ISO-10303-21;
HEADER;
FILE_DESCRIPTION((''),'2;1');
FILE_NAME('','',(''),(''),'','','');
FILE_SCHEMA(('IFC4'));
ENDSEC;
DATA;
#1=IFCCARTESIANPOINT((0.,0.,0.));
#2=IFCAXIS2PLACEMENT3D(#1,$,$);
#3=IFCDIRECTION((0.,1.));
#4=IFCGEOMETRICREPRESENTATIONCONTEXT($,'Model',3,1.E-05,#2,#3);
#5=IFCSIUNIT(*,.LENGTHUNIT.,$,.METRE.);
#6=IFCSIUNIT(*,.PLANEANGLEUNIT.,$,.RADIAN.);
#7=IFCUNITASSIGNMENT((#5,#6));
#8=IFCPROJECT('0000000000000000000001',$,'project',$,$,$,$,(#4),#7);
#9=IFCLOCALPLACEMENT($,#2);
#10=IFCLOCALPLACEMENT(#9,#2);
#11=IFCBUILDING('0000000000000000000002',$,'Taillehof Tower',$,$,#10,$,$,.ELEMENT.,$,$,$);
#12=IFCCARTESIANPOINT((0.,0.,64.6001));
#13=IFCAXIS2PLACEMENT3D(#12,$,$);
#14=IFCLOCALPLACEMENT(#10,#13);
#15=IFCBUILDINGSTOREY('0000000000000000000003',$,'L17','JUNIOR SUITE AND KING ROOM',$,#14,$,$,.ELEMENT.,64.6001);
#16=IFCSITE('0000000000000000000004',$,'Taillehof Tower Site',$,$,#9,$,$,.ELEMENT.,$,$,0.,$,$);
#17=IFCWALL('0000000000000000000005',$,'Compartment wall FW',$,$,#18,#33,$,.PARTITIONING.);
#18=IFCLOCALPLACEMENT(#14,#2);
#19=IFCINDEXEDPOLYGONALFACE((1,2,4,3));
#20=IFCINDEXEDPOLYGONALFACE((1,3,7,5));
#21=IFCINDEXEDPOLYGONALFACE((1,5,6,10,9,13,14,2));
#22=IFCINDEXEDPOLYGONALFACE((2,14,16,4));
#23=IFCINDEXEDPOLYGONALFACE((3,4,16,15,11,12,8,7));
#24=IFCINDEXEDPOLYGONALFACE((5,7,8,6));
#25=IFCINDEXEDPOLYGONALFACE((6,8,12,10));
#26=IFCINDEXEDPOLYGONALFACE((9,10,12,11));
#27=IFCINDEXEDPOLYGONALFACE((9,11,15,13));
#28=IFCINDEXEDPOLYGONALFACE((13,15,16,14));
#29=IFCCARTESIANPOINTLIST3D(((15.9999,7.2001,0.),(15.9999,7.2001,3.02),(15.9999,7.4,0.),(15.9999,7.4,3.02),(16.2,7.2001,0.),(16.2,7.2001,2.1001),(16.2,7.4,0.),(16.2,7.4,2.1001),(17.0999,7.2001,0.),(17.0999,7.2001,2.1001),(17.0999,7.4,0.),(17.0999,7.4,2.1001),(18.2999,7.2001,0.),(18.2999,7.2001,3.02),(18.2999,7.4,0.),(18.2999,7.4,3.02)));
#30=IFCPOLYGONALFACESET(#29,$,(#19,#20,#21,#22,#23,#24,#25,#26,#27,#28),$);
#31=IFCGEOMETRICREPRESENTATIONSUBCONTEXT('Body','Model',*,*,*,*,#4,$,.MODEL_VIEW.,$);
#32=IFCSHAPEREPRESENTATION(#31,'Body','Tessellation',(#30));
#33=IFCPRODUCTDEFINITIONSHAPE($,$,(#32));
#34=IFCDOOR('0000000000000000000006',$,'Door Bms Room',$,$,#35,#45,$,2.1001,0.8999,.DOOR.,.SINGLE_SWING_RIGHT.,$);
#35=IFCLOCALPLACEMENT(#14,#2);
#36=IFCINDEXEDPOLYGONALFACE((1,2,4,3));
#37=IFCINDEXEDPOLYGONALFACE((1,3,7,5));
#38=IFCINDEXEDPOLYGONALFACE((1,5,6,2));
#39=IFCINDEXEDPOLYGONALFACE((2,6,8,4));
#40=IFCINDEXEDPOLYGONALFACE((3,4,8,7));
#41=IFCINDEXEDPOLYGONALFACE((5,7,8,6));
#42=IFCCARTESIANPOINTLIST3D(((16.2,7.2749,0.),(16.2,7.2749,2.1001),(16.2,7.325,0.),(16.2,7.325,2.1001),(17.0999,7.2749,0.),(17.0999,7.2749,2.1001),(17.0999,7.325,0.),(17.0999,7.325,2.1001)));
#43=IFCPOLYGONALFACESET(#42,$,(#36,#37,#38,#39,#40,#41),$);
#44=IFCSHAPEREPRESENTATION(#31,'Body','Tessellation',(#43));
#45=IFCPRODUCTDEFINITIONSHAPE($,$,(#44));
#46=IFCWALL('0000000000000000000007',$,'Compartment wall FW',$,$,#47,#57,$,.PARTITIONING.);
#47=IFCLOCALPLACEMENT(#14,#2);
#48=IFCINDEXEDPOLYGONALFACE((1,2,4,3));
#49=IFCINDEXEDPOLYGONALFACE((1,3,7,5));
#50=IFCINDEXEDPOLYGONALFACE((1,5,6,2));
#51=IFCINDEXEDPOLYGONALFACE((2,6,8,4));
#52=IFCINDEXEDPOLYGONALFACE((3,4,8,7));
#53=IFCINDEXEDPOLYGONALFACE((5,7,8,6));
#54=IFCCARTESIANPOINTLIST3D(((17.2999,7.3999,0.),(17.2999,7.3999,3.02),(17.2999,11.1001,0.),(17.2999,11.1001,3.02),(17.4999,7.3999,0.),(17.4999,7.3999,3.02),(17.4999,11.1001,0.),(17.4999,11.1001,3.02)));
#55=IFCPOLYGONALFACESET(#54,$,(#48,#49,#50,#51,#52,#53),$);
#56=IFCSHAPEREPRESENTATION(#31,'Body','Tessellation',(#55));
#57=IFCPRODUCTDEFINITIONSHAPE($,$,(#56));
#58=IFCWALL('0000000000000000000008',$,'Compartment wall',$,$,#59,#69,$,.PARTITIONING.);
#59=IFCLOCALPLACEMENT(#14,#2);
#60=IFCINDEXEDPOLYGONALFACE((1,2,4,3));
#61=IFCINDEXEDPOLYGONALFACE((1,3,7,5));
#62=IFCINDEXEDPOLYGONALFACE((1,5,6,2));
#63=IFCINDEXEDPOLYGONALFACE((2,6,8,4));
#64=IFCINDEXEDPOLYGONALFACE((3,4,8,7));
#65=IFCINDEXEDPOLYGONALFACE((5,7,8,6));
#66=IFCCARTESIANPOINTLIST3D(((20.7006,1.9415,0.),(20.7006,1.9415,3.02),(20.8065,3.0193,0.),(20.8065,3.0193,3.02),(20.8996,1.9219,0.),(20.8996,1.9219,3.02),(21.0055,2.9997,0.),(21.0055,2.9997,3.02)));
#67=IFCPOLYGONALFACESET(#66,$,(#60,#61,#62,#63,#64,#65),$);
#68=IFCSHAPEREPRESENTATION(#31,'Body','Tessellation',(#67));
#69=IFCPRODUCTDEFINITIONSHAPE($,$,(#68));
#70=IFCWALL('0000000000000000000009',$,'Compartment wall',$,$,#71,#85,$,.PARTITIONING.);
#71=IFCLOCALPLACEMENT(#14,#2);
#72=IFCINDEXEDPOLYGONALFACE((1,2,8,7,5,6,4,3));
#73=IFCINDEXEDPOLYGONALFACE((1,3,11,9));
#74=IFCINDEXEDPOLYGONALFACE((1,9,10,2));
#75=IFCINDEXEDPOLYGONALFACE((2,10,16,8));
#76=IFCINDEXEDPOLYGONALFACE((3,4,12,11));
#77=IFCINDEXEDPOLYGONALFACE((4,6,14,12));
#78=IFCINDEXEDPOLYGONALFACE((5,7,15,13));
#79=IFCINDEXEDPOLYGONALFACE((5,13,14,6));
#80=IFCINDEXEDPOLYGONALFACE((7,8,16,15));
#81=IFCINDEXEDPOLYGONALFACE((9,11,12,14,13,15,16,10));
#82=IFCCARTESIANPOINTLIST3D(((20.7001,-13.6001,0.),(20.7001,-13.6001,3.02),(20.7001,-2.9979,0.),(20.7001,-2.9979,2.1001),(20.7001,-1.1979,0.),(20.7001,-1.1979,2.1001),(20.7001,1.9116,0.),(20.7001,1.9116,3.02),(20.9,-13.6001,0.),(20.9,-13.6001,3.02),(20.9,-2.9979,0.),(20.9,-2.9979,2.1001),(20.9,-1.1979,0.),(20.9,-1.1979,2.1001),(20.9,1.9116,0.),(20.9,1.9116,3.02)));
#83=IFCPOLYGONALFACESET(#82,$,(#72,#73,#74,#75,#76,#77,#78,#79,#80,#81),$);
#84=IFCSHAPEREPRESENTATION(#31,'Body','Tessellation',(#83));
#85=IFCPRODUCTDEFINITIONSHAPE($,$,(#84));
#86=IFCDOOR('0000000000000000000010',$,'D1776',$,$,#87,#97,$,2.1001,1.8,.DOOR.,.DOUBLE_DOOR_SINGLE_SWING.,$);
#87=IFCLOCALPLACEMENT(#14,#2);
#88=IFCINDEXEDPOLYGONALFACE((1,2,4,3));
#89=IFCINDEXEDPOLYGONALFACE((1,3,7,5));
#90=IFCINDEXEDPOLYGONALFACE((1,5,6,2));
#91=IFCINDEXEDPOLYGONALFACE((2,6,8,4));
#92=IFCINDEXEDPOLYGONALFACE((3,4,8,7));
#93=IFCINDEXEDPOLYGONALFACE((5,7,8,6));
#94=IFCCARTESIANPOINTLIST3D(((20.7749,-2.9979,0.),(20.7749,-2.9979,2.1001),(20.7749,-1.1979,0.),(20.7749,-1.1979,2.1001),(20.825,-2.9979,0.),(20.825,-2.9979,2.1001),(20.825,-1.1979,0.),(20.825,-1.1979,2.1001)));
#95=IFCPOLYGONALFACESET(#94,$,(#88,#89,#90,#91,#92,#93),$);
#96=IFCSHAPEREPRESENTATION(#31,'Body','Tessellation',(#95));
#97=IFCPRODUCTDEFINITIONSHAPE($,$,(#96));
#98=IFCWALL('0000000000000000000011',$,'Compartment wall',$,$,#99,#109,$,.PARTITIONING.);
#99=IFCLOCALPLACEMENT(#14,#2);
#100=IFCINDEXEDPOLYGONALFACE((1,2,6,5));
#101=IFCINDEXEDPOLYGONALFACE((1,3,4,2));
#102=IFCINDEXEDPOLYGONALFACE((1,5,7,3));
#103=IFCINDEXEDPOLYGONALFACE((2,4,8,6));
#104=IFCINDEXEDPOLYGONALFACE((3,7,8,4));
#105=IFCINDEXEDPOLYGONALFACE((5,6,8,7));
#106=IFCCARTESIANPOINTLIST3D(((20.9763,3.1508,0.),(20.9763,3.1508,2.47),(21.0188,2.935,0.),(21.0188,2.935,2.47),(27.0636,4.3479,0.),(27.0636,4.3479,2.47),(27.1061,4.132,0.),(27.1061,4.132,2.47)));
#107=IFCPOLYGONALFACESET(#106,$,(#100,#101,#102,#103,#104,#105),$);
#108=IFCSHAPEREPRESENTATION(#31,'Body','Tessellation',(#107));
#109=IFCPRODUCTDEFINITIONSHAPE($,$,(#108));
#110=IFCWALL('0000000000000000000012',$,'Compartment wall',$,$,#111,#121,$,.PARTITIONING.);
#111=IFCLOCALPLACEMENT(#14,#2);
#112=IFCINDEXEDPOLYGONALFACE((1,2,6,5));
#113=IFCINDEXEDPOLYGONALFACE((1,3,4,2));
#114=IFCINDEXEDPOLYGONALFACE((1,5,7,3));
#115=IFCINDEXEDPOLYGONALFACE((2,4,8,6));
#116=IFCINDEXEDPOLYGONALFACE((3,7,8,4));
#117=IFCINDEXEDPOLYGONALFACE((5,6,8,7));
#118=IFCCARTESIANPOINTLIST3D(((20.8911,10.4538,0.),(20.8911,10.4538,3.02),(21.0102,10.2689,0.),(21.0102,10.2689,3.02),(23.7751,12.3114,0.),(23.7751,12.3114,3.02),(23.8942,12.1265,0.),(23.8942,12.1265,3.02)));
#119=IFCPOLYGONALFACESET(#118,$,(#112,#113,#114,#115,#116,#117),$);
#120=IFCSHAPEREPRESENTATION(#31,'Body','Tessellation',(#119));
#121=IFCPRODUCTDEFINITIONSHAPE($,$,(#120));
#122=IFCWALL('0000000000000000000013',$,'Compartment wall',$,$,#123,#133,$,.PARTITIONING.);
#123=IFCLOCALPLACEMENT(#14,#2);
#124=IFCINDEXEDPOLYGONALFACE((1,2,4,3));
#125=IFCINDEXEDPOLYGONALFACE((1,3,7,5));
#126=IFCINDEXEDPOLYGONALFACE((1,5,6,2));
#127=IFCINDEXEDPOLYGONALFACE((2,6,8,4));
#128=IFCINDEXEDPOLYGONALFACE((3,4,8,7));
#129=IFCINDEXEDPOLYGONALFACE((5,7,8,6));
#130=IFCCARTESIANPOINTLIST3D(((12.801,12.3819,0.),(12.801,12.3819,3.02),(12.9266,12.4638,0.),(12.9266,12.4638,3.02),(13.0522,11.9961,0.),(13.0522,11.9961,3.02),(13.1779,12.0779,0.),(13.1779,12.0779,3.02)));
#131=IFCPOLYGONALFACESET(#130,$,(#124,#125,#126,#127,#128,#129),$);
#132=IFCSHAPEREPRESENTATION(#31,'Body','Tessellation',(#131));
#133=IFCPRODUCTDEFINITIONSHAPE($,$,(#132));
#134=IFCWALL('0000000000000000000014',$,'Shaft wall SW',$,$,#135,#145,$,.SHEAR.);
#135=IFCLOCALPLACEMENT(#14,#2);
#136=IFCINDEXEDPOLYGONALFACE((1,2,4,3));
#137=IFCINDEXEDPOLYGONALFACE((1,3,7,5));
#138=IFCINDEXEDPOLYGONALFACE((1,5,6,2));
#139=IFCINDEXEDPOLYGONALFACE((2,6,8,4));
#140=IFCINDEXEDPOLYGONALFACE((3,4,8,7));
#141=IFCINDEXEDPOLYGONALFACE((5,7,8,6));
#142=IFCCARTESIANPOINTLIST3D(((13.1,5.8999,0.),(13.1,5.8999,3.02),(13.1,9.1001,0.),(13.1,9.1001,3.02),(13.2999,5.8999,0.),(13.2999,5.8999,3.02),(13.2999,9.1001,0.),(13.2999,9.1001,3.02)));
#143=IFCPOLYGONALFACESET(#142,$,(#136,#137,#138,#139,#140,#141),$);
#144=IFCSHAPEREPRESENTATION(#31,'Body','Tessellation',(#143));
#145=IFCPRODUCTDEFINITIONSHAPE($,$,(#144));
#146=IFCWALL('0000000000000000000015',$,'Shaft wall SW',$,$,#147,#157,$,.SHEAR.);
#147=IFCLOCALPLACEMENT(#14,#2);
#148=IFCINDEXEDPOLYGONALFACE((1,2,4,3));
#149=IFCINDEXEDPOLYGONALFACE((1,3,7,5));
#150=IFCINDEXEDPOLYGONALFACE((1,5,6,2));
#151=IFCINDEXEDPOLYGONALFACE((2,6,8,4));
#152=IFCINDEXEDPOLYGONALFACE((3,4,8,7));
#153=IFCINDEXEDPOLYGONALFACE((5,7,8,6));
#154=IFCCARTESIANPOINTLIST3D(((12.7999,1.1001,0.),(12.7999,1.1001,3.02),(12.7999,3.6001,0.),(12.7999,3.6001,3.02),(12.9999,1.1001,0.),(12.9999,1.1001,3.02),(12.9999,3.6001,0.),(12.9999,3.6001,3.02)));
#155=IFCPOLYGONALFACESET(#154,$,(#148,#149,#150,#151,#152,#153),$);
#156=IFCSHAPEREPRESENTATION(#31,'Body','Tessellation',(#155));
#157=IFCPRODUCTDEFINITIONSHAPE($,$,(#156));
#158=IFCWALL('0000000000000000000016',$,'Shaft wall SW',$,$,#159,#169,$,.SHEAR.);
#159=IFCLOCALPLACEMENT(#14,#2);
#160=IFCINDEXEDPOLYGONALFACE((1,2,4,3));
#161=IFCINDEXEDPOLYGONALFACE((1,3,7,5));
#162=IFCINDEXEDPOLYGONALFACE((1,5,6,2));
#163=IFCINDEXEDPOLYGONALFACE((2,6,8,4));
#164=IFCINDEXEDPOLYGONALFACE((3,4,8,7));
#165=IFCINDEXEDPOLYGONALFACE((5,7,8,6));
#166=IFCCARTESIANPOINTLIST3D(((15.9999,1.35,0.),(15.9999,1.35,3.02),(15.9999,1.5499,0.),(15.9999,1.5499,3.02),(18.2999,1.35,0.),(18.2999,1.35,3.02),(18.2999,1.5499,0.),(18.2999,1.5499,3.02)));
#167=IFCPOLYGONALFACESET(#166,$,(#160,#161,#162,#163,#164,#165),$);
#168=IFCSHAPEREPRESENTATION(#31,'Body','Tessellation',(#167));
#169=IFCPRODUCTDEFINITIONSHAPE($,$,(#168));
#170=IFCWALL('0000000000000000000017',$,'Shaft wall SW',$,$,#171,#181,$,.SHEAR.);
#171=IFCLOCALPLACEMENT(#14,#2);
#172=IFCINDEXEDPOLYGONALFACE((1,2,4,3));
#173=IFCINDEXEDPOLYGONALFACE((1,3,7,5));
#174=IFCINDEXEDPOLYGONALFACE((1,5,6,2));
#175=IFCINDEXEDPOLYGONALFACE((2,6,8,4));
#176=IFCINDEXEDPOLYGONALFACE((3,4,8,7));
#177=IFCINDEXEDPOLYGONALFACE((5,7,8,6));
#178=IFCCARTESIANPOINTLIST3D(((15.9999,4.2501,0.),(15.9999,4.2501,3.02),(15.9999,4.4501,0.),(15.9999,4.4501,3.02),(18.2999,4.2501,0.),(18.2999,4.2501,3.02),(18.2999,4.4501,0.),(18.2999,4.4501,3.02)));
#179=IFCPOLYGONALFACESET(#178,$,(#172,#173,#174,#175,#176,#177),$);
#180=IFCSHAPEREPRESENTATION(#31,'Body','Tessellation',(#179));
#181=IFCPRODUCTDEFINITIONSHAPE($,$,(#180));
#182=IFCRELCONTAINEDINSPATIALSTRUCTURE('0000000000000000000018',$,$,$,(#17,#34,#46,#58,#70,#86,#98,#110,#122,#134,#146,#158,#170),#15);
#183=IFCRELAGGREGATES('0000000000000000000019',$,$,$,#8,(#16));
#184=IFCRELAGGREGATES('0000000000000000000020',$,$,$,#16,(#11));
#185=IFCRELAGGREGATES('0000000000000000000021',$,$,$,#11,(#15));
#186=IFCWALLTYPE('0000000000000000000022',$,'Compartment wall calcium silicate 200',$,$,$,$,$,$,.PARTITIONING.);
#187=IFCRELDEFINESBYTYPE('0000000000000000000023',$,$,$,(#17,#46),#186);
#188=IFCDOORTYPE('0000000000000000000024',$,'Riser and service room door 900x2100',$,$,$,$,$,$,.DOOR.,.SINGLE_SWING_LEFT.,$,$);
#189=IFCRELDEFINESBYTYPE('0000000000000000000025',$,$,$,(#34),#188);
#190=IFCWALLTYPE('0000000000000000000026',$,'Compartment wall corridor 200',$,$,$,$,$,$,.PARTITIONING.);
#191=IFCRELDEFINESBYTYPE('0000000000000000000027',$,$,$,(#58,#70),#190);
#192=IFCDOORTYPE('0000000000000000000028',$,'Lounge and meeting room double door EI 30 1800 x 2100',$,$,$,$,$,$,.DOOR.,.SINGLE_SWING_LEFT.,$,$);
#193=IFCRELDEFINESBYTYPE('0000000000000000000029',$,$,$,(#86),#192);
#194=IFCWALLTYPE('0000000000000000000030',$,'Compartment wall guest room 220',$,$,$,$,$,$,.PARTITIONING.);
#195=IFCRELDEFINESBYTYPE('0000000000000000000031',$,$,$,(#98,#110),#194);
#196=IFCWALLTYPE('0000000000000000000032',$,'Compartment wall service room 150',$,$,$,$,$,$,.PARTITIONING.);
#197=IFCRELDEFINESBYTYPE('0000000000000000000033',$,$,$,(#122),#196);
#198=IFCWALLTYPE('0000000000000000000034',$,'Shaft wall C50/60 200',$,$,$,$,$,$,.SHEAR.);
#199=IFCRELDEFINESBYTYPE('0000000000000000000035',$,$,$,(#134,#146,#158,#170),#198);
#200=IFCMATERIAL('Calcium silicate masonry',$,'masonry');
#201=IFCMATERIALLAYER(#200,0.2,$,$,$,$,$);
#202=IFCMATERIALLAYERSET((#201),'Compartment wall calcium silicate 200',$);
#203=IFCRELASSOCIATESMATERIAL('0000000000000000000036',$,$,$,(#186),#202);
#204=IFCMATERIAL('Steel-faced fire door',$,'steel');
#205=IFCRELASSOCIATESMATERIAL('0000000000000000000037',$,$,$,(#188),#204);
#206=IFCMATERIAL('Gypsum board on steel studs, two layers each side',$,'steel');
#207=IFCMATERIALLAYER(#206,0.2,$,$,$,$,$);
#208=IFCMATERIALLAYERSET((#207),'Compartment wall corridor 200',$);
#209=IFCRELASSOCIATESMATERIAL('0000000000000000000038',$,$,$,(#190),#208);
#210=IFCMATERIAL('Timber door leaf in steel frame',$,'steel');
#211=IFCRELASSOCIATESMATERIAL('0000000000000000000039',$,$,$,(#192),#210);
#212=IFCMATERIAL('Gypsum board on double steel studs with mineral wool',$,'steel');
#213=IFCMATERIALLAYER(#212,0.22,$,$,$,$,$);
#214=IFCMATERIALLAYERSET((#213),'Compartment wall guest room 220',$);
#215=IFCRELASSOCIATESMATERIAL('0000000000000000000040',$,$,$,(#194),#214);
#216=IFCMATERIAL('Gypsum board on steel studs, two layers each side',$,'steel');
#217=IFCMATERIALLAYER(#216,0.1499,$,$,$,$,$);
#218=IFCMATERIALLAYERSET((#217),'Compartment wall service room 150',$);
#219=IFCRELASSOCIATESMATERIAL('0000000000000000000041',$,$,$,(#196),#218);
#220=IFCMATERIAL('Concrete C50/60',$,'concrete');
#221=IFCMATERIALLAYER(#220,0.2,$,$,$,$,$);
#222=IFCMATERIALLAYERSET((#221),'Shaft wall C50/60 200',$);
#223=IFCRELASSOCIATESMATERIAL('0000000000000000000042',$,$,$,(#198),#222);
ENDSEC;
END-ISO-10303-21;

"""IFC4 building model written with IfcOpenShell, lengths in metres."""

from ifc_helpers import new_model, si_unit, direction, frame, frame_2d, origin, place, context, subcontext, project, spatial, rectangle, extrude, material, layer, layer_set, type_object, element, fill, save


model = new_model("IFC4")

# Units and contexts
model_context = context("Model", 3, precision=1e-05, world=origin(), true_north=direction((0.0, 1.0)))
body_context = subcontext(model_context, "Body", "Model", "MODEL_VIEW")
ifc_project = project(units=[si_unit("LENGTHUNIT", "METRE"), si_unit("PLANEANGLEUNIT", "RADIAN")], contexts=[model_context])

# Site, building, storey
site_placement = place(None, origin())
site = spatial("IfcSite", under=ifc_project, at=site_placement, Name="Taillehof Tower Site", CompositionType="ELEMENT", RefElevation=0.0)
building_placement = place(site_placement, origin())
building = spatial("IfcBuilding", under=site, at=building_placement, Name="Taillehof Tower", CompositionType="ELEMENT")
storey_placement = place(building_placement, frame((0.0, 0.0, 64.6001)))
storey = spatial("IfcBuildingStorey", under=building, at=storey_placement, Name="L17", Description="JUNIOR SUITE AND KING ROOM", CompositionType="ELEMENT", Elevation=64.6001)

# Wall, opening, door
ifc_material_1 = material(Name="Calcium silicate masonry", Category="masonry")
ifc_layer_1 = layer(ifc_material_1, 0.2)
ifc_layer_set_1 = layer_set([ifc_layer_1], Name="Compartment wall calcium silicate 200")
wall_type_1 = type_object("IfcWallType", Name="Compartment wall calcium silicate 200", PredefinedType="PARTITIONING", material=ifc_layer_set_1)
wall_1_placement = place(storey_placement, frame((16.0, 7.3, 0.0), z_axis=(0.0, 0.0, 1.0), x_axis=(1.0, 0.0, 0.0)))
wall_1 = element("IfcWall", 1, at=wall_1_placement, inside=storey, type_object=wall_type_1, Name="Compartment wall FW", PredefinedType="PARTITIONING", context=body_context, shape_type="SweptSolid", body=[
    extrude(rectangle(XDim=2.3, YDim=0.2, at=frame_2d((1.1499, 0.0))), origin(), (0.0, 0.0, 1.0), 3.02),
])
opening_1_placement = place(wall_1_placement, frame((0.2, 0.0, 0.0)))
opening_1 = element("IfcOpeningElement", 2, at=opening_1_placement, cuts=wall_1, PredefinedType="OPENING", context=body_context, shape_type="SweptSolid", body=[
    extrude(rectangle(XDim=0.8999, YDim=2.1001, at=frame_2d((0.45, 1.05))), frame((0.0, 0.1099, 0.0), z_axis=(0.0, -1.0, 0.0), x_axis=(1.0, 0.0, 0.0)), (0.0, 0.0, 1.0), 0.22),
])
ifc_material_2 = material(Name="Steel-faced fire door", Category="steel")
door_type_1 = type_object("IfcDoorType", Name="Riser and service room door 900x2100", OperationType="SINGLE_SWING_LEFT", PredefinedType="DOOR", material=ifc_material_2)
door_1_placement = place(opening_1_placement, origin())
door_1 = element("IfcDoor", 3, at=door_1_placement, inside=storey, type_object=door_type_1, Name="Door Bms Room", OperationType="SINGLE_SWING_RIGHT", OverallHeight=2.1001, OverallWidth=0.8999, PredefinedType="DOOR", context=body_context, shape_type="SweptSolid", body=[
    extrude(rectangle(XDim=0.8999, YDim=2.1001, at=frame_2d((0.45, 1.05))), frame((0.0, 0.0249, 0.0), z_axis=(0.0, -1.0, 0.0), x_axis=(1.0, 0.0, 0.0)), (0.0, 0.0, 1.0), 0.05),
])
fill(opening_1, door_1)

# Walls
wall_2_placement = place(storey_placement, frame((17.3999, 7.3999, 0.0), z_axis=(0.0, 0.0, 1.0), x_axis=(0.0, 1.0, 0.0)))
element("IfcWall", 4, at=wall_2_placement, inside=storey, type_object=wall_type_1, Name="Compartment wall FW", PredefinedType="PARTITIONING", context=body_context, shape_type="SweptSolid", body=[
    extrude(rectangle(XDim=3.7002, YDim=0.2, at=frame_2d((1.8501, 0.0))), origin(), (0.0, 0.0, 1.0), 3.02),
])
ifc_material_3 = material(Name="Gypsum board on steel studs, two layers each side", Category="steel")
ifc_layer_2 = layer(ifc_material_3, 0.2)
ifc_layer_set_2 = layer_set([ifc_layer_2], Name="Compartment wall corridor 200")
wall_type_2 = type_object("IfcWallType", Name="Compartment wall corridor 200", PredefinedType="PARTITIONING", material=ifc_layer_set_2)
wall_3_placement = place(storey_placement, frame((20.906, 3.0095, 0.0), z_axis=(0.0, 0.0, 1.0), x_axis=(-0.09783, -0.995203, 0.0)))
element("IfcWall", 5, at=wall_3_placement, inside=storey, type_object=wall_type_2, Name="Compartment wall", PredefinedType="PARTITIONING", context=body_context, shape_type="SweptSolid", body=[
    extrude(rectangle(XDim=1.083, YDim=0.2, at=frame_2d((0.5415, 0.0))), origin(), (0.0, 0.0, 1.0), 3.02),
])

# Wall, opening, door
wall_4_placement = place(storey_placement, frame((20.8, 1.9116, 0.0), z_axis=(0.0, 0.0, 1.0), x_axis=(0.0, -1.0, 0.0)))
wall_4 = element("IfcWall", 6, at=wall_4_placement, inside=storey, type_object=wall_type_2, Name="Compartment wall", PredefinedType="PARTITIONING", context=body_context, shape_type="SweptSolid", body=[
    extrude(rectangle(XDim=15.5117, YDim=0.2, at=frame_2d((7.7559, 0.0))), origin(), (0.0, 0.0, 1.0), 3.02),
])
opening_2_placement = place(wall_4_placement, frame((3.1096, 0.0, 0.0)))
opening_2 = element("IfcOpeningElement", 7, at=opening_2_placement, cuts=wall_4, PredefinedType="OPENING", context=body_context, shape_type="SweptSolid", body=[
    extrude(rectangle(XDim=1.8, YDim=2.1001, at=frame_2d((0.8999, 1.05))), frame((0.0, 0.1099, 0.0), z_axis=(0.0, -1.0, 0.0), x_axis=(1.0, 0.0, 0.0)), (0.0, 0.0, 1.0), 0.22),
])
ifc_material_4 = material(Name="Timber door leaf in steel frame", Category="steel")
door_type_2 = type_object("IfcDoorType", Name="Lounge and meeting room double door EI 30 1800 x 2100", OperationType="SINGLE_SWING_LEFT", PredefinedType="DOOR", material=ifc_material_4)
door_2_placement = place(opening_2_placement, origin())
door_2 = element("IfcDoor", 8, at=door_2_placement, inside=storey, type_object=door_type_2, Name="D1776", OperationType="DOUBLE_DOOR_SINGLE_SWING", OverallHeight=2.1001, OverallWidth=1.8, PredefinedType="DOOR", context=body_context, shape_type="SweptSolid", body=[
    extrude(rectangle(XDim=1.8, YDim=2.1001, at=frame_2d((0.8999, 1.05))), frame((0.0, 0.0249, 0.0), z_axis=(0.0, -1.0, 0.0), x_axis=(1.0, 0.0, 0.0)), (0.0, 0.0, 1.0), 0.05),
])
fill(opening_2, door_2)

# Walls
ifc_material_5 = material(Name="Gypsum board on double steel studs with mineral wool", Category="steel")
ifc_layer_3 = layer(ifc_material_5, 0.22)
ifc_layer_set_3 = layer_set([ifc_layer_3], Name="Compartment wall guest room 220")
wall_type_3 = type_object("IfcWallType", Name="Compartment wall guest room 220", PredefinedType="PARTITIONING", material=ifc_layer_set_3)
wall_5_placement = place(storey_placement, frame((27.085, 4.24, 0.0), z_axis=(0.0, 0.0, 1.0), x_axis=(-0.981208, -0.192952, 0.0)))
element("IfcWall", 9, at=wall_5_placement, inside=storey, type_object=wall_type_3, Name="Compartment wall", PredefinedType="PARTITIONING", context=body_context, shape_type="SweptSolid", body=[
    extrude(rectangle(XDim=6.2039, YDim=0.22, at=frame_2d((3.1021, 0.0))), origin(), (0.0, 0.0, 1.0), 2.47),
])
wall_6_placement = place(storey_placement, frame((23.8347, 12.219, 0.0), z_axis=(0.0, 0.0, 1.0), x_axis=(-0.840695, -0.541509, 0.0)))
element("IfcWall", 10, at=wall_6_placement, inside=storey, type_object=wall_type_3, Name="Compartment wall", PredefinedType="PARTITIONING", context=body_context, shape_type="SweptSolid", body=[
    extrude(rectangle(XDim=3.4304, YDim=0.22, at=frame_2d((1.7153, 0.0))), origin(), (0.0, 0.0, 1.0), 3.02),
])
ifc_material_6 = material(Name="Gypsum board on steel studs, two layers each side", Category="steel")
ifc_layer_4 = layer(ifc_material_6, 0.1499)
ifc_layer_set_4 = layer_set([ifc_layer_4], Name="Compartment wall service room 150")
wall_type_4 = type_object("IfcWallType", Name="Compartment wall service room 150", PredefinedType="PARTITIONING", material=ifc_layer_set_4)
wall_7_placement = place(storey_placement, frame((12.8638, 12.4229, 0.0), z_axis=(0.0, 0.0, 1.0), x_axis=(0.545734, -0.837959, 0.0)))
element("IfcWall", 11, at=wall_7_placement, inside=storey, type_object=wall_type_4, Name="Compartment wall", PredefinedType="PARTITIONING", context=body_context, shape_type="SweptSolid", body=[
    extrude(rectangle(XDim=0.4604, YDim=0.1499, at=frame_2d((0.2302, 0.0))), origin(), (0.0, 0.0, 1.0), 3.02),
])
ifc_material_7 = material(Name="Concrete C50/60", Category="concrete")
ifc_layer_5 = layer(ifc_material_7, 0.2)
ifc_layer_set_5 = layer_set([ifc_layer_5], Name="Shaft wall C50/60 200")
wall_type_5 = type_object("IfcWallType", Name="Shaft wall C50/60 200", PredefinedType="SHEAR", material=ifc_layer_set_5)
wall_8_placement = place(storey_placement, frame((13.2, 5.8999, 0.0), z_axis=(0.0, 0.0, 1.0), x_axis=(0.0, 1.0, 0.0)))
element("IfcWall", 12, at=wall_8_placement, inside=storey, type_object=wall_type_5, Name="Shaft wall SW", PredefinedType="SHEAR", context=body_context, shape_type="SweptSolid", body=[
    extrude(rectangle(XDim=3.2002, YDim=0.2, at=frame_2d((1.6001, 0.0))), origin(), (0.0, 0.0, 1.0), 3.02),
])
wall_9_placement = place(storey_placement, frame((12.8999, 1.1001, 0.0), z_axis=(0.0, 0.0, 1.0), x_axis=(0.0, 1.0, 0.0)))
element("IfcWall", 13, at=wall_9_placement, inside=storey, type_object=wall_type_5, Name="Shaft wall SW", PredefinedType="SHEAR", context=body_context, shape_type="SweptSolid", body=[
    extrude(rectangle(XDim=2.5, YDim=0.2, at=frame_2d((1.25, 0.0))), origin(), (0.0, 0.0, 1.0), 3.02),
])
for number, where, z_axis, x_axis, name in (
    (14, (16.0, 1.45, 0.0), (0.0, 0.0, 1.0), (1.0, 0.0, 0.0), "Shaft wall SW"),
    (15, (16.0, 4.3501, 0.0), (0.0, 0.0, 1.0), (1.0, 0.0, 0.0), "Shaft wall SW"),
):
    element("IfcWall", number, at=place(storey_placement, frame(where, z_axis=z_axis, x_axis=x_axis)), inside=storey, type_object=wall_type_5, Name=name, PredefinedType="SHEAR", context=body_context, shape_type="SweptSolid", body=[
        extrude(rectangle(XDim=2.3, YDim=0.2, at=frame_2d((1.1499, 0.0))), origin(), (0.0, 0.0, 1.0), 3.02),
    ])

save(model, "model.ifc")
